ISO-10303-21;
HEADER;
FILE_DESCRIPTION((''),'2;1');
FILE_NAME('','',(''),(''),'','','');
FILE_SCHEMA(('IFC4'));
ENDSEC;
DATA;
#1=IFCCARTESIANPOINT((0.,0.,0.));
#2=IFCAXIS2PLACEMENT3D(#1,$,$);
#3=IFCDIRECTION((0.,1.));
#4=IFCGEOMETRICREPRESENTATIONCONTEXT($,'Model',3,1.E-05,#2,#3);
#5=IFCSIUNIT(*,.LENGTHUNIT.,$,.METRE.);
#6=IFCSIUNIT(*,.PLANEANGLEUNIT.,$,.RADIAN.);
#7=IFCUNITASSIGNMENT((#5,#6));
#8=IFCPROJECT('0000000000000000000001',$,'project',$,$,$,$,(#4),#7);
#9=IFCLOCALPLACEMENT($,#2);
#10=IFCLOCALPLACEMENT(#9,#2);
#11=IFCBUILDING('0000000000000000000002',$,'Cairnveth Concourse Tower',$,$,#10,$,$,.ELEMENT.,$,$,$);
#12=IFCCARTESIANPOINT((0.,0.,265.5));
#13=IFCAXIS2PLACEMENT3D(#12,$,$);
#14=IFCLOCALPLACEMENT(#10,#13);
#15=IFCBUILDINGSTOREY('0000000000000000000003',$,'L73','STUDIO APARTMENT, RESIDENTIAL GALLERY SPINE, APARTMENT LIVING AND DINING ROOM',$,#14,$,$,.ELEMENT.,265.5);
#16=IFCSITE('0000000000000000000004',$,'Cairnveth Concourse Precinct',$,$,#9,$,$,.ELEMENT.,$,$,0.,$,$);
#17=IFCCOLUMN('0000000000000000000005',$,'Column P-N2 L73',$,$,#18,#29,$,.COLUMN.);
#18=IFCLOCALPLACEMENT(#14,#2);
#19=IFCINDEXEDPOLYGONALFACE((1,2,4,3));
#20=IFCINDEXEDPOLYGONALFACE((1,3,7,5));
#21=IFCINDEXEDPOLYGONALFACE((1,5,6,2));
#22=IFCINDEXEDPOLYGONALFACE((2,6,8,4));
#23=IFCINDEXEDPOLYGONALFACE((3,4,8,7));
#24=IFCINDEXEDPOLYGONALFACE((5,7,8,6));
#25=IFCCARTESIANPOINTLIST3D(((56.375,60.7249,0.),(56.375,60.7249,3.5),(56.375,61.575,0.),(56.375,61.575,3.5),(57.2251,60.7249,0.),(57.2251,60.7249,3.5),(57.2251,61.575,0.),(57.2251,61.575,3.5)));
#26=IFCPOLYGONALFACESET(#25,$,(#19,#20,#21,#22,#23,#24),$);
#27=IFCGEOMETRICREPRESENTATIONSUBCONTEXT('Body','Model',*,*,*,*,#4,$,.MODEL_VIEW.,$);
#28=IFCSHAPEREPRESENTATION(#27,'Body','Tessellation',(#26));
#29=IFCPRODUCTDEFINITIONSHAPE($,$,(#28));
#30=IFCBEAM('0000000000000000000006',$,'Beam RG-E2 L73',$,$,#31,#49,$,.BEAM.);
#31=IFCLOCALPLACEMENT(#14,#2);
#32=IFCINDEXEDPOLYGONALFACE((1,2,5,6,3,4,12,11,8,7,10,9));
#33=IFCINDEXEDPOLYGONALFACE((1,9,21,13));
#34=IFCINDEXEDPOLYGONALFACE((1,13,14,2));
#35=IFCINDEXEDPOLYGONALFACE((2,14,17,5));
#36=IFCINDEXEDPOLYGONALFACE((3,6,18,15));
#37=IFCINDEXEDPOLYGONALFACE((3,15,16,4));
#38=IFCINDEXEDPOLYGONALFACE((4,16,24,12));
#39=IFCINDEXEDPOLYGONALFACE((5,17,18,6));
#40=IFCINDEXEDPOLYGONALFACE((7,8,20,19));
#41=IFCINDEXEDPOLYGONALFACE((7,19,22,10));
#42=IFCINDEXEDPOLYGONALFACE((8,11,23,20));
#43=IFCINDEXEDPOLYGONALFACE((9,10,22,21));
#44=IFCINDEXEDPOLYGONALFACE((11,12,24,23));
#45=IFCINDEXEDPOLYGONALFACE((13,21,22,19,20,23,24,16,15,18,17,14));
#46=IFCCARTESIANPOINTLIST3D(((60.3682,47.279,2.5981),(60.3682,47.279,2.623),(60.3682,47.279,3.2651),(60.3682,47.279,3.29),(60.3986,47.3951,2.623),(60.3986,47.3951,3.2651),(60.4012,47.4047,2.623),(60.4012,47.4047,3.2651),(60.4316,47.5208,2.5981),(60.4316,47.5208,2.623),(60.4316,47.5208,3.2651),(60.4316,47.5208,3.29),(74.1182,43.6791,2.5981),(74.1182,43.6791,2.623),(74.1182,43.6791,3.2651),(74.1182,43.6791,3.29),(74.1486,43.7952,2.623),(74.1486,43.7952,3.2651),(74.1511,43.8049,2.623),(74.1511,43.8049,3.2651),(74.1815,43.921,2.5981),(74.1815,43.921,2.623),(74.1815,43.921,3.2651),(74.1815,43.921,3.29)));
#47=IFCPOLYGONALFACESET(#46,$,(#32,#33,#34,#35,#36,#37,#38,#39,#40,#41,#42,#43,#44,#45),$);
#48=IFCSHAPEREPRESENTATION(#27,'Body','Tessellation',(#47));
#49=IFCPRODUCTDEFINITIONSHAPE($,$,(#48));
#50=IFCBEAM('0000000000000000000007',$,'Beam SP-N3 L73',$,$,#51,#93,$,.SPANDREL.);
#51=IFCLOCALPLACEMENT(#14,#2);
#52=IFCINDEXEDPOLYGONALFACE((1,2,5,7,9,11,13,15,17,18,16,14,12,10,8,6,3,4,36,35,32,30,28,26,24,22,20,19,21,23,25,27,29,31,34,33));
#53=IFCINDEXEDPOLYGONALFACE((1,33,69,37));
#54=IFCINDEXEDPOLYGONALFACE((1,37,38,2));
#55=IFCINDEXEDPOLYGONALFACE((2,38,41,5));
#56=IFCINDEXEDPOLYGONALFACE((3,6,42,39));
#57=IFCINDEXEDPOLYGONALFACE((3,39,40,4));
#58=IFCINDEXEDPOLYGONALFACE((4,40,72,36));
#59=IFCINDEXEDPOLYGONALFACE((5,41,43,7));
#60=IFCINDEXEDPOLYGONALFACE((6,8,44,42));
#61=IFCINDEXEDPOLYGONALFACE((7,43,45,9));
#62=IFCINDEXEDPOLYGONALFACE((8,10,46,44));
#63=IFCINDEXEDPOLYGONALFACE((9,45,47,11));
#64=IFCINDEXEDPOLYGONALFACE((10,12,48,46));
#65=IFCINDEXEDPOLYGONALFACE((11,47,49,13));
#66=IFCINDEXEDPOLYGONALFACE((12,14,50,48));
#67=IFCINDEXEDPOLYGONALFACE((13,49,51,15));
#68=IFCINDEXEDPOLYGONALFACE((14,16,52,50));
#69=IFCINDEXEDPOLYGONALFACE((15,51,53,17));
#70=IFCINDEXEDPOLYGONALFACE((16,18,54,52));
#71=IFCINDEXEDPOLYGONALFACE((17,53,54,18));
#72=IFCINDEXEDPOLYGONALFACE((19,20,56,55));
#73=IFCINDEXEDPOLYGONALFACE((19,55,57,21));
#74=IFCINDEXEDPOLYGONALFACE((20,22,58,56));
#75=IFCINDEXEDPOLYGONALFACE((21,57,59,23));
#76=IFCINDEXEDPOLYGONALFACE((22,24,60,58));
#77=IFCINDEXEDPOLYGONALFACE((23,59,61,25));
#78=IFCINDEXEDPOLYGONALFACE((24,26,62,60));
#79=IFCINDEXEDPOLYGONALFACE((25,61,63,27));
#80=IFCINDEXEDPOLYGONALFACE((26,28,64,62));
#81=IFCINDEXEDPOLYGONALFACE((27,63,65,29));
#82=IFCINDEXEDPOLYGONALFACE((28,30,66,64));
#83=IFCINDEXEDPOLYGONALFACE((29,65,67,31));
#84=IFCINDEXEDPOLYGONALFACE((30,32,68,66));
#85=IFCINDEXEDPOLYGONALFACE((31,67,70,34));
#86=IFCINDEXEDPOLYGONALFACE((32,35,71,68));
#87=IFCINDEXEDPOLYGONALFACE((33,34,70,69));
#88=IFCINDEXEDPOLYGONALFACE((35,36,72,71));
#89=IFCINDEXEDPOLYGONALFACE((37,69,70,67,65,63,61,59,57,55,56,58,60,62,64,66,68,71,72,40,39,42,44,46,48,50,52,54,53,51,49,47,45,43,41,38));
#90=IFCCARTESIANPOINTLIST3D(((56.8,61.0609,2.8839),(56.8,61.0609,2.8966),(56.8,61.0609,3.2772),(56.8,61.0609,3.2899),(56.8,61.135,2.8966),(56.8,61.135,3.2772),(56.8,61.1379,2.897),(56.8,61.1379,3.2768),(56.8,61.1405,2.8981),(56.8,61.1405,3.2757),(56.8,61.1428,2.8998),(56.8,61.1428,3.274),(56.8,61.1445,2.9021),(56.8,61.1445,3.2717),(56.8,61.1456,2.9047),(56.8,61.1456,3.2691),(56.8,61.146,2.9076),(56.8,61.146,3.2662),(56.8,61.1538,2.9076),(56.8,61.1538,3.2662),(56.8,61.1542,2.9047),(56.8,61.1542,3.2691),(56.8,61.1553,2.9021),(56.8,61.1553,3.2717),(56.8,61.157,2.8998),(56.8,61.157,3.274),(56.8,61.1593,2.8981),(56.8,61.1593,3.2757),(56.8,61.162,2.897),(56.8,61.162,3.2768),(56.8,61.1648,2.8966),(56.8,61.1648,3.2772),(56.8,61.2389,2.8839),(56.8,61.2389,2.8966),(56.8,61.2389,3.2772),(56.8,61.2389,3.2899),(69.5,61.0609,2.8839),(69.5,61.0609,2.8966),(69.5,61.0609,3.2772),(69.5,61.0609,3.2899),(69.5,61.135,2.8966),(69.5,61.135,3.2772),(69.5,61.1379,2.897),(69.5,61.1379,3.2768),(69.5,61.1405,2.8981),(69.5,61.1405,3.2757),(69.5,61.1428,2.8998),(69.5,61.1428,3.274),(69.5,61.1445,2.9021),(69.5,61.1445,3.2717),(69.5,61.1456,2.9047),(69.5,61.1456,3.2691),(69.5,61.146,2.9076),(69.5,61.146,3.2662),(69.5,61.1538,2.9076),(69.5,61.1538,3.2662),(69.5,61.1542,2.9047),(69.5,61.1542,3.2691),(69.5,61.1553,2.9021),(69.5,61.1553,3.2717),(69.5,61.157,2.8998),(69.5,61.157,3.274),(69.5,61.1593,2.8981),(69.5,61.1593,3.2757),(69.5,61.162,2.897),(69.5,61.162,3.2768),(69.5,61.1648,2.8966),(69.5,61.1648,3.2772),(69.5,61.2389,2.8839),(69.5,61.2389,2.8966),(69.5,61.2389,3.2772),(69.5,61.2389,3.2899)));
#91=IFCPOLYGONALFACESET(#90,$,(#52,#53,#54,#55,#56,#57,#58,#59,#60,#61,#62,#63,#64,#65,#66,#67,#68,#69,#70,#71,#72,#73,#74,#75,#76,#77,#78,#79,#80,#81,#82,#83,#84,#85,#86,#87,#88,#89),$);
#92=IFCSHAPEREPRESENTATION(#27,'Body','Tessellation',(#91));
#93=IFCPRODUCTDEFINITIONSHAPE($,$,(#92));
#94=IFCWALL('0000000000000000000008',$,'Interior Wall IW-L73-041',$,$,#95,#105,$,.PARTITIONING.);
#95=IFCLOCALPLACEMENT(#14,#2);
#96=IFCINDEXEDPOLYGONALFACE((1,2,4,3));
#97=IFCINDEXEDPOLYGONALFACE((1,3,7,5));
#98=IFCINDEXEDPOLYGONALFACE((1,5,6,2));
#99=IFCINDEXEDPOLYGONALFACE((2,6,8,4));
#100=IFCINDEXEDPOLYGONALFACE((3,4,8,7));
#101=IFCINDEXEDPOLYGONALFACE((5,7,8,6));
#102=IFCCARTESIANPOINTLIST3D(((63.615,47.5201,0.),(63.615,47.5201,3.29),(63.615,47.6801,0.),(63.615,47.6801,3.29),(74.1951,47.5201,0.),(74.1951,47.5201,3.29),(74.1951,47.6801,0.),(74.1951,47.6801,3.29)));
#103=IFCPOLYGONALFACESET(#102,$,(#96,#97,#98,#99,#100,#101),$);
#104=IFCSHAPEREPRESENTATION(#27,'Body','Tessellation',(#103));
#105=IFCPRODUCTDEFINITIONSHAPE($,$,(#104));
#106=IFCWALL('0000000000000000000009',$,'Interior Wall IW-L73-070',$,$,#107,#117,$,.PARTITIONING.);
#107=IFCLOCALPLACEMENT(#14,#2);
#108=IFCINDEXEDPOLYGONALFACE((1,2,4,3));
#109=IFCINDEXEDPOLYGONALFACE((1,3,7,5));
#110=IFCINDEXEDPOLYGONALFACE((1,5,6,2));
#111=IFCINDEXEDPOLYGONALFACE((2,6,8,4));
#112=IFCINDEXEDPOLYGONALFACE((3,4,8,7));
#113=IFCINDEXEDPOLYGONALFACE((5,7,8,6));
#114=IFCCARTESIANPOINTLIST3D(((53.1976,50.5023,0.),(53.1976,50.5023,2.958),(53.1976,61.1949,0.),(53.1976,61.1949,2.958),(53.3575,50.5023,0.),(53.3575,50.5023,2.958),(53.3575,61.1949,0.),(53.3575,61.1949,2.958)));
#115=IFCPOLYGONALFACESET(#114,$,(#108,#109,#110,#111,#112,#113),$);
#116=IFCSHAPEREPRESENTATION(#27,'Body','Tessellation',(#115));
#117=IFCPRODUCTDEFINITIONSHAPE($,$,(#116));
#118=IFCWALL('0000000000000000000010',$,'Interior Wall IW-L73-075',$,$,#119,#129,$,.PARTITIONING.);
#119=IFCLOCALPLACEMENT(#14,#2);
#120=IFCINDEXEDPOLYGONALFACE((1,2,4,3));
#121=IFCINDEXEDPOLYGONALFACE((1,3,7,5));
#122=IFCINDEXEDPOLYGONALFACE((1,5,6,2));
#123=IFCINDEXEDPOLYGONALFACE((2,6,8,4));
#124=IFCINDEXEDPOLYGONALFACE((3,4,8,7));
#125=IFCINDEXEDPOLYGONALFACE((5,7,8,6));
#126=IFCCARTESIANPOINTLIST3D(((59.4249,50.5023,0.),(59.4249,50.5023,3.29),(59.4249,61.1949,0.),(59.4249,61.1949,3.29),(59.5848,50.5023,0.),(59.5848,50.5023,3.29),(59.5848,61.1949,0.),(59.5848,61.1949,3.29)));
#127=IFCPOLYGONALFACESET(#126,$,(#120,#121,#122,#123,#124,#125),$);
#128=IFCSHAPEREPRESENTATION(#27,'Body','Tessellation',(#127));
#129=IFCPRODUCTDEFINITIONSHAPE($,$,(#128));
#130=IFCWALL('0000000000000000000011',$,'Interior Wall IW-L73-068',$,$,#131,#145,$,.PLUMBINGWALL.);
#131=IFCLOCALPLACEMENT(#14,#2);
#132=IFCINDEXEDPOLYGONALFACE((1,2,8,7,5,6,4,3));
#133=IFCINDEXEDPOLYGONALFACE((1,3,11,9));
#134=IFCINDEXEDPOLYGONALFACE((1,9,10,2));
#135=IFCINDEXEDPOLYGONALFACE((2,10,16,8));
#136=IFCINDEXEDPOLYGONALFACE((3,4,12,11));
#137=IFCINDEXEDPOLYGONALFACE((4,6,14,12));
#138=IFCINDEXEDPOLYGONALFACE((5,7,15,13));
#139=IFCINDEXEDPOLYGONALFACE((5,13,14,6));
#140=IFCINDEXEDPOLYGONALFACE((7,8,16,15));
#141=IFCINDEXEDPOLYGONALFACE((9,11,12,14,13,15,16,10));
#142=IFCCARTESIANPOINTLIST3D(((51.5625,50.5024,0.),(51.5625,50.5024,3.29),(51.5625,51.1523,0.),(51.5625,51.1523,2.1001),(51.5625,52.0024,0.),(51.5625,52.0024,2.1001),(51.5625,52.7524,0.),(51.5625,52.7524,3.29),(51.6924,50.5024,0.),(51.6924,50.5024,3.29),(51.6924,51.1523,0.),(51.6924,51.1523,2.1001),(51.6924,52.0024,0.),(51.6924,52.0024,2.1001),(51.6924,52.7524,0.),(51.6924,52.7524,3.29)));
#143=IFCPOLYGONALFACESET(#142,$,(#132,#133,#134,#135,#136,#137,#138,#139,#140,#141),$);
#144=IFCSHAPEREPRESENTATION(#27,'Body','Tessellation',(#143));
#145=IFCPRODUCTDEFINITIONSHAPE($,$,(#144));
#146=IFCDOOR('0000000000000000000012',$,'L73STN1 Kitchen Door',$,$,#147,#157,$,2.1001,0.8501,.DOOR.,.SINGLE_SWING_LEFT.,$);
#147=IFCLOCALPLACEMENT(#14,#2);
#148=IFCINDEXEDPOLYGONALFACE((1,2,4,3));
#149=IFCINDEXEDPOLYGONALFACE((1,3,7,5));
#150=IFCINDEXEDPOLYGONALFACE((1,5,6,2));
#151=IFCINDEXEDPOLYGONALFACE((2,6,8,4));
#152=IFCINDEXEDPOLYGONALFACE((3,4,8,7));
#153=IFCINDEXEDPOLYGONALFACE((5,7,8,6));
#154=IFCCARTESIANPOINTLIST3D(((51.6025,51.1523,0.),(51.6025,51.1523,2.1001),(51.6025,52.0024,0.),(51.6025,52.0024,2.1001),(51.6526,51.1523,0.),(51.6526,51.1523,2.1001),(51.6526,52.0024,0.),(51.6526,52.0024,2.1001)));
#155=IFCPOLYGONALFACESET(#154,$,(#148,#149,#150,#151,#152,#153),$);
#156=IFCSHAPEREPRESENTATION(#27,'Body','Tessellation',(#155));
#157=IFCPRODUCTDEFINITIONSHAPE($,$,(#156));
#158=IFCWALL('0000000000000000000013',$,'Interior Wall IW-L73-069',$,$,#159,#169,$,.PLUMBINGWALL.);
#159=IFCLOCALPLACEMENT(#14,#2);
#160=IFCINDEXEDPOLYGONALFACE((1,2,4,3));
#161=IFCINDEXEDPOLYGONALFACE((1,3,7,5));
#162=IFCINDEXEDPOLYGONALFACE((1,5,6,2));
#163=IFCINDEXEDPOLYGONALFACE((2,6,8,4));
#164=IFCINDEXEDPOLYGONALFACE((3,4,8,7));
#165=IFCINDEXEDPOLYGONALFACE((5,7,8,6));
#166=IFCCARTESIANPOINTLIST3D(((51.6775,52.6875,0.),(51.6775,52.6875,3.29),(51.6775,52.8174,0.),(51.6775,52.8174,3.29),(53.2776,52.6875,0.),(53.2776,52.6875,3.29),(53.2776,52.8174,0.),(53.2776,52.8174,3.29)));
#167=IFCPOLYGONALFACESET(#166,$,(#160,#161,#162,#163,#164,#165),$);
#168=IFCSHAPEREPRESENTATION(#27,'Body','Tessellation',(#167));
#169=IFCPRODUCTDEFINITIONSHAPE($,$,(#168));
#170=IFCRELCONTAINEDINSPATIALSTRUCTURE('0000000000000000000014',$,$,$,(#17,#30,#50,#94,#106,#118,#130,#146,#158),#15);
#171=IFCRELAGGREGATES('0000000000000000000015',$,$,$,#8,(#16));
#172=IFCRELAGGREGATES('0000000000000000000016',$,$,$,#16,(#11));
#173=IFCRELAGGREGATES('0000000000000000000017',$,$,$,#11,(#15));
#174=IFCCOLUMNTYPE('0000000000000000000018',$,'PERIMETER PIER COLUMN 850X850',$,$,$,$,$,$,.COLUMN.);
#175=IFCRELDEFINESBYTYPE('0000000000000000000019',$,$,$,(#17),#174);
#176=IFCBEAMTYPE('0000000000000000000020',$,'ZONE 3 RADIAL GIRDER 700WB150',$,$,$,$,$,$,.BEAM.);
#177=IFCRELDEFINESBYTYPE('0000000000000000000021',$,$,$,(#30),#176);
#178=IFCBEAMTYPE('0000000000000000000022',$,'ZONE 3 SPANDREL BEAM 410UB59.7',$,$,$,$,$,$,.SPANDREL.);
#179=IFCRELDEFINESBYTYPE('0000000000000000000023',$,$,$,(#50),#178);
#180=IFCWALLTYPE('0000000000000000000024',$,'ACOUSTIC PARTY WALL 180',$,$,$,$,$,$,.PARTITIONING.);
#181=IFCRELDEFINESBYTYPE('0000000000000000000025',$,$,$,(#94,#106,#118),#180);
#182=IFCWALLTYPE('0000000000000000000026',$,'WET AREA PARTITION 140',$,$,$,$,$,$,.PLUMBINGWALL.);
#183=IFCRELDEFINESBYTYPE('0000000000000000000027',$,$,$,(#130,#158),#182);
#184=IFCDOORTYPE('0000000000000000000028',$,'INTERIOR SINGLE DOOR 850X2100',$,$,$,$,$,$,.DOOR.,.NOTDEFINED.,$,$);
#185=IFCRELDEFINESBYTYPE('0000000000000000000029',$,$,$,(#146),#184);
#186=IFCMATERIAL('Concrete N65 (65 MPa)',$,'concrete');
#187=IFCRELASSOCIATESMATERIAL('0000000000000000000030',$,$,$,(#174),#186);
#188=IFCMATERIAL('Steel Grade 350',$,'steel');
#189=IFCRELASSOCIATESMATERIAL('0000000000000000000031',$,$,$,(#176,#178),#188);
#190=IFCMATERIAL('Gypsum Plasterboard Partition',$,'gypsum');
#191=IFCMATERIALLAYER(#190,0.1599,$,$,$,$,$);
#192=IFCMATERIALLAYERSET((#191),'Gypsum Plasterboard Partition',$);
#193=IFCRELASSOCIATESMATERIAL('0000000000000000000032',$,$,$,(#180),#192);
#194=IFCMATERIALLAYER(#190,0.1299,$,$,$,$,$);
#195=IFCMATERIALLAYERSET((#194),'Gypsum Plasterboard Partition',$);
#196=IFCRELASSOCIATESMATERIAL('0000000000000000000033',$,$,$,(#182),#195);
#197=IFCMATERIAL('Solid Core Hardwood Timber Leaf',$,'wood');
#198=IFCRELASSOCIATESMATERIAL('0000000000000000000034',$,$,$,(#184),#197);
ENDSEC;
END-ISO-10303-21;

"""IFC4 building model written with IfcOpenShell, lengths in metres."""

from ifc_helpers import new_model, si_unit, direction, frame, frame_2d, origin, origin_2d, place, context, subcontext, project, spatial, rectangle, i_section, extrude, material, layer, layer_set, material_profile, profile_set, type_object, element, fill, save


model = new_model("IFC4")

# Units and contexts
model_context = context("Model", 3, precision=1e-05, world=origin(), true_north=direction((0.0, 1.0)))
body_context = subcontext(model_context, "Body", "Model", "MODEL_VIEW")
ifc_project = project(units=[si_unit("LENGTHUNIT", "METRE"), si_unit("PLANEANGLEUNIT", "RADIAN")], contexts=[model_context])

# Site, building, storey
site_placement = place(None, origin())
site = spatial("IfcSite", under=ifc_project, at=site_placement, Name="Cairnveth Concourse Precinct", CompositionType="ELEMENT", RefElevation=0.0)
building_placement = place(site_placement, origin())
building = spatial("IfcBuilding", under=site, at=building_placement, Name="Cairnveth Concourse Tower", CompositionType="ELEMENT")
storey_placement = place(building_placement, frame((0.0, 0.0, 265.5)))
storey = spatial("IfcBuildingStorey", under=building, at=storey_placement, Name="L73", Description="STUDIO APARTMENT, RESIDENTIAL GALLERY SPINE, APARTMENT LIVING AND DINING ROOM", CompositionType="ELEMENT", Elevation=265.5)

# Column
ifc_material_1 = material(Name="Concrete N65 (65 MPa)", Category="concrete")
ifc_material_profile_1 = material_profile(ifc_material_1, rectangle(XDim=0.8501, YDim=0.8501, at=origin_2d()), Name="RC-COL-850x850")
ifc_profile_set_1 = profile_set([ifc_material_profile_1], Name="Concrete N65 (65 MPa)")
column_type = type_object("IfcColumnType", Name="PERIMETER PIER COLUMN 850X850", PredefinedType="COLUMN", material=ifc_profile_set_1)
column_placement = place(storey_placement, frame((56.8, 61.1499, 0.0), z_axis=(0.0, 0.0, 1.0), x_axis=(1.0, 0.0, 0.0)))
element("IfcColumn", 1, at=column_placement, inside=storey, type_object=column_type, Name="Column P-N2 L73", PredefinedType="COLUMN", context=body_context, shape_type="SweptSolid", body=[
    extrude(rectangle(XDim=0.8501, YDim=0.8501, at=origin_2d()), origin(), (0.0, 0.0, 1.0), 3.5),
])

# Beams
ifc_material_2 = material(Name="Steel Grade 350", Category="steel")
ifc_material_profile_2 = material_profile(ifc_material_2, i_section(OverallWidth=0.25, OverallDepth=0.6919, WebThickness=0.01, FlangeThickness=0.0249, at=origin_2d()), Name="700WB150")
ifc_profile_set_2 = profile_set([ifc_material_profile_2], Name="Steel Grade 350")
beam_type_1 = type_object("IfcBeamType", Name="ZONE 3 RADIAL GIRDER 700WB150", PredefinedType="BEAM", material=ifc_profile_set_2)
beam_1_placement = place(storey_placement, frame((60.3999, 47.3999, 2.9441), z_axis=(0.967395, -0.253271, 0.0), x_axis=(0.253271, 0.967395, 0.0)))
element("IfcBeam", 2, at=beam_1_placement, inside=storey, type_object=beam_type_1, Name="Beam RG-E2 L73", PredefinedType="BEAM", context=body_context, shape_type="SweptSolid", body=[
    extrude(i_section(OverallWidth=0.25, OverallDepth=0.6919, WebThickness=0.01, FlangeThickness=0.0249, at=origin_2d()), origin(), (0.0, 0.0, 1.0), 14.2134),
])
ifc_material_profile_3 = material_profile(ifc_material_2, i_section(OverallWidth=0.178, OverallDepth=0.406, WebThickness=0.0078, FlangeThickness=0.0127, FilletRadius=0.011, at=origin_2d()), Name="410UB59.7")
ifc_profile_set_3 = profile_set([ifc_material_profile_3], Name="Steel Grade 350")
beam_type_2 = type_object("IfcBeamType", Name="ZONE 3 SPANDREL BEAM 410UB59.7", PredefinedType="SPANDREL", material=ifc_profile_set_3)
beam_2_placement = place(storey_placement, frame((56.8, 61.1499, 3.0869), z_axis=(1.0, 0.0, 0.0), x_axis=(0.0, 1.0, 0.0)))
element("IfcBeam", 3, at=beam_2_placement, inside=storey, type_object=beam_type_2, Name="Beam SP-N3 L73", PredefinedType="SPANDREL", context=body_context, shape_type="SweptSolid", body=[
    extrude(i_section(OverallWidth=0.178, OverallDepth=0.406, WebThickness=0.0078, FlangeThickness=0.0127, FilletRadius=0.011, at=origin_2d()), origin(), (0.0, 0.0, 1.0), 12.7),
])

# Walls
ifc_material_3 = material(Name="Gypsum Plasterboard Partition", Category="gypsum")
ifc_layer_1 = layer(ifc_material_3, 0.1599)
ifc_layer_set_1 = layer_set([ifc_layer_1], Name="Gypsum Plasterboard Partition")
wall_type_1 = type_object("IfcWallType", Name="ACOUSTIC PARTY WALL 180", PredefinedType="PARTITIONING", material=ifc_layer_set_1)
wall_1_placement = place(storey_placement, frame((63.615, 47.6001, 0.0), z_axis=(0.0, 0.0, 1.0), x_axis=(1.0, 0.0, 0.0)))
element("IfcWall", 4, at=wall_1_placement, inside=storey, type_object=wall_type_1, Name="Interior Wall IW-L73-041", PredefinedType="PARTITIONING", context=body_context, shape_type="SweptSolid", body=[
    extrude(rectangle(XDim=10.5801, YDim=0.1599, at=frame_2d((5.29, 0.0))), origin(), (0.0, 0.0, 1.0), 3.29),
])
wall_2_placement = place(storey_placement, frame((53.2776, 50.5024, 0.0), z_axis=(0.0, 0.0, 1.0), x_axis=(0.0, 1.0, 0.0)))
element("IfcWall", 5, at=wall_2_placement, inside=storey, type_object=wall_type_1, Name="Interior Wall IW-L73-070", PredefinedType="PARTITIONING", context=body_context, shape_type="SweptSolid", body=[
    extrude(rectangle(XDim=10.6926, YDim=0.1599, at=frame_2d((5.3462, 0.0))), origin(), (0.0, 0.0, 1.0), 2.958),
])
wall_3_placement = place(storey_placement, frame((59.5049, 50.5024, 0.0), z_axis=(0.0, 0.0, 1.0), x_axis=(0.0, 1.0, 0.0)))
element("IfcWall", 6, at=wall_3_placement, inside=storey, type_object=wall_type_1, Name="Interior Wall IW-L73-075", PredefinedType="PARTITIONING", context=body_context, shape_type="SweptSolid", body=[
    extrude(rectangle(XDim=10.6926, YDim=0.1599, at=frame_2d((5.3462, 0.0))), origin(), (0.0, 0.0, 1.0), 3.29),
])

# Wall, opening, door
ifc_layer_2 = layer(ifc_material_3, 0.1299)
ifc_layer_set_2 = layer_set([ifc_layer_2], Name="Gypsum Plasterboard Partition")
wall_type_2 = type_object("IfcWallType", Name="WET AREA PARTITION 140", PredefinedType="PLUMBINGWALL", material=ifc_layer_set_2)
wall_4_placement = place(storey_placement, frame((51.6274, 50.5024, 0.0), z_axis=(0.0, 0.0, 1.0), x_axis=(0.0, 1.0, 0.0)))
wall_4 = element("IfcWall", 7, at=wall_4_placement, inside=storey, type_object=wall_type_2, Name="Interior Wall IW-L73-068", PredefinedType="PLUMBINGWALL", context=body_context, shape_type="SweptSolid", body=[
    extrude(rectangle(XDim=2.25, YDim=0.1299, at=frame_2d((1.125, 0.0))), origin(), (0.0, 0.0, 1.0), 3.29),
])
opening_1_placement = place(wall_4_placement, frame((0.6499, 0.0, 0.0)))
opening_1 = element("IfcOpeningElement", 8, at=opening_1_placement, cuts=wall_4, PredefinedType="OPENING", context=body_context, shape_type="SweptSolid", body=[
    extrude(rectangle(XDim=0.8501, YDim=2.1001, at=frame_2d((0.425, 1.05))), frame((0.0, 0.075, 0.0), z_axis=(0.0, -1.0, 0.0), x_axis=(1.0, 0.0, 0.0)), (0.0, 0.0, 1.0), 0.1499),
])
ifc_material_4 = material(Name="Solid Core Hardwood Timber Leaf", Category="wood")
door_type_1 = type_object("IfcDoorType", Name="INTERIOR SINGLE DOOR 850X2100", OperationType="NOTDEFINED", PredefinedType="DOOR", material=ifc_material_4)
door_1_placement = place(opening_1_placement, origin())
door_1 = element("IfcDoor", 9, at=door_1_placement, inside=storey, type_object=door_type_1, Name="L73STN1 Kitchen Door", OperationType="SINGLE_SWING_LEFT", OverallHeight=2.1001, OverallWidth=0.8501, PredefinedType="DOOR", context=body_context, shape_type="SweptSolid", body=[
    extrude(rectangle(XDim=0.8501, YDim=2.1001, at=frame_2d((0.425, 1.05))), frame((0.0, 0.0249, 0.0), z_axis=(0.0, -1.0, 0.0), x_axis=(1.0, 0.0, 0.0)), (0.0, 0.0, 1.0), 0.05),
])
fill(opening_1, door_1)

# Wall
wall_5_placement = place(storey_placement, frame((51.6775, 52.7524, 0.0), z_axis=(0.0, 0.0, 1.0), x_axis=(1.0, 0.0, 0.0)))
element("IfcWall", 10, at=wall_5_placement, inside=storey, type_object=wall_type_2, Name="Interior Wall IW-L73-069", PredefinedType="PLUMBINGWALL", context=body_context, shape_type="SweptSolid", body=[
    extrude(rectangle(XDim=1.6001, YDim=0.1299, at=frame_2d((0.8, 0.0))), origin(), (0.0, 0.0, 1.0), 3.29),
])

save(model, "model.ifc")
